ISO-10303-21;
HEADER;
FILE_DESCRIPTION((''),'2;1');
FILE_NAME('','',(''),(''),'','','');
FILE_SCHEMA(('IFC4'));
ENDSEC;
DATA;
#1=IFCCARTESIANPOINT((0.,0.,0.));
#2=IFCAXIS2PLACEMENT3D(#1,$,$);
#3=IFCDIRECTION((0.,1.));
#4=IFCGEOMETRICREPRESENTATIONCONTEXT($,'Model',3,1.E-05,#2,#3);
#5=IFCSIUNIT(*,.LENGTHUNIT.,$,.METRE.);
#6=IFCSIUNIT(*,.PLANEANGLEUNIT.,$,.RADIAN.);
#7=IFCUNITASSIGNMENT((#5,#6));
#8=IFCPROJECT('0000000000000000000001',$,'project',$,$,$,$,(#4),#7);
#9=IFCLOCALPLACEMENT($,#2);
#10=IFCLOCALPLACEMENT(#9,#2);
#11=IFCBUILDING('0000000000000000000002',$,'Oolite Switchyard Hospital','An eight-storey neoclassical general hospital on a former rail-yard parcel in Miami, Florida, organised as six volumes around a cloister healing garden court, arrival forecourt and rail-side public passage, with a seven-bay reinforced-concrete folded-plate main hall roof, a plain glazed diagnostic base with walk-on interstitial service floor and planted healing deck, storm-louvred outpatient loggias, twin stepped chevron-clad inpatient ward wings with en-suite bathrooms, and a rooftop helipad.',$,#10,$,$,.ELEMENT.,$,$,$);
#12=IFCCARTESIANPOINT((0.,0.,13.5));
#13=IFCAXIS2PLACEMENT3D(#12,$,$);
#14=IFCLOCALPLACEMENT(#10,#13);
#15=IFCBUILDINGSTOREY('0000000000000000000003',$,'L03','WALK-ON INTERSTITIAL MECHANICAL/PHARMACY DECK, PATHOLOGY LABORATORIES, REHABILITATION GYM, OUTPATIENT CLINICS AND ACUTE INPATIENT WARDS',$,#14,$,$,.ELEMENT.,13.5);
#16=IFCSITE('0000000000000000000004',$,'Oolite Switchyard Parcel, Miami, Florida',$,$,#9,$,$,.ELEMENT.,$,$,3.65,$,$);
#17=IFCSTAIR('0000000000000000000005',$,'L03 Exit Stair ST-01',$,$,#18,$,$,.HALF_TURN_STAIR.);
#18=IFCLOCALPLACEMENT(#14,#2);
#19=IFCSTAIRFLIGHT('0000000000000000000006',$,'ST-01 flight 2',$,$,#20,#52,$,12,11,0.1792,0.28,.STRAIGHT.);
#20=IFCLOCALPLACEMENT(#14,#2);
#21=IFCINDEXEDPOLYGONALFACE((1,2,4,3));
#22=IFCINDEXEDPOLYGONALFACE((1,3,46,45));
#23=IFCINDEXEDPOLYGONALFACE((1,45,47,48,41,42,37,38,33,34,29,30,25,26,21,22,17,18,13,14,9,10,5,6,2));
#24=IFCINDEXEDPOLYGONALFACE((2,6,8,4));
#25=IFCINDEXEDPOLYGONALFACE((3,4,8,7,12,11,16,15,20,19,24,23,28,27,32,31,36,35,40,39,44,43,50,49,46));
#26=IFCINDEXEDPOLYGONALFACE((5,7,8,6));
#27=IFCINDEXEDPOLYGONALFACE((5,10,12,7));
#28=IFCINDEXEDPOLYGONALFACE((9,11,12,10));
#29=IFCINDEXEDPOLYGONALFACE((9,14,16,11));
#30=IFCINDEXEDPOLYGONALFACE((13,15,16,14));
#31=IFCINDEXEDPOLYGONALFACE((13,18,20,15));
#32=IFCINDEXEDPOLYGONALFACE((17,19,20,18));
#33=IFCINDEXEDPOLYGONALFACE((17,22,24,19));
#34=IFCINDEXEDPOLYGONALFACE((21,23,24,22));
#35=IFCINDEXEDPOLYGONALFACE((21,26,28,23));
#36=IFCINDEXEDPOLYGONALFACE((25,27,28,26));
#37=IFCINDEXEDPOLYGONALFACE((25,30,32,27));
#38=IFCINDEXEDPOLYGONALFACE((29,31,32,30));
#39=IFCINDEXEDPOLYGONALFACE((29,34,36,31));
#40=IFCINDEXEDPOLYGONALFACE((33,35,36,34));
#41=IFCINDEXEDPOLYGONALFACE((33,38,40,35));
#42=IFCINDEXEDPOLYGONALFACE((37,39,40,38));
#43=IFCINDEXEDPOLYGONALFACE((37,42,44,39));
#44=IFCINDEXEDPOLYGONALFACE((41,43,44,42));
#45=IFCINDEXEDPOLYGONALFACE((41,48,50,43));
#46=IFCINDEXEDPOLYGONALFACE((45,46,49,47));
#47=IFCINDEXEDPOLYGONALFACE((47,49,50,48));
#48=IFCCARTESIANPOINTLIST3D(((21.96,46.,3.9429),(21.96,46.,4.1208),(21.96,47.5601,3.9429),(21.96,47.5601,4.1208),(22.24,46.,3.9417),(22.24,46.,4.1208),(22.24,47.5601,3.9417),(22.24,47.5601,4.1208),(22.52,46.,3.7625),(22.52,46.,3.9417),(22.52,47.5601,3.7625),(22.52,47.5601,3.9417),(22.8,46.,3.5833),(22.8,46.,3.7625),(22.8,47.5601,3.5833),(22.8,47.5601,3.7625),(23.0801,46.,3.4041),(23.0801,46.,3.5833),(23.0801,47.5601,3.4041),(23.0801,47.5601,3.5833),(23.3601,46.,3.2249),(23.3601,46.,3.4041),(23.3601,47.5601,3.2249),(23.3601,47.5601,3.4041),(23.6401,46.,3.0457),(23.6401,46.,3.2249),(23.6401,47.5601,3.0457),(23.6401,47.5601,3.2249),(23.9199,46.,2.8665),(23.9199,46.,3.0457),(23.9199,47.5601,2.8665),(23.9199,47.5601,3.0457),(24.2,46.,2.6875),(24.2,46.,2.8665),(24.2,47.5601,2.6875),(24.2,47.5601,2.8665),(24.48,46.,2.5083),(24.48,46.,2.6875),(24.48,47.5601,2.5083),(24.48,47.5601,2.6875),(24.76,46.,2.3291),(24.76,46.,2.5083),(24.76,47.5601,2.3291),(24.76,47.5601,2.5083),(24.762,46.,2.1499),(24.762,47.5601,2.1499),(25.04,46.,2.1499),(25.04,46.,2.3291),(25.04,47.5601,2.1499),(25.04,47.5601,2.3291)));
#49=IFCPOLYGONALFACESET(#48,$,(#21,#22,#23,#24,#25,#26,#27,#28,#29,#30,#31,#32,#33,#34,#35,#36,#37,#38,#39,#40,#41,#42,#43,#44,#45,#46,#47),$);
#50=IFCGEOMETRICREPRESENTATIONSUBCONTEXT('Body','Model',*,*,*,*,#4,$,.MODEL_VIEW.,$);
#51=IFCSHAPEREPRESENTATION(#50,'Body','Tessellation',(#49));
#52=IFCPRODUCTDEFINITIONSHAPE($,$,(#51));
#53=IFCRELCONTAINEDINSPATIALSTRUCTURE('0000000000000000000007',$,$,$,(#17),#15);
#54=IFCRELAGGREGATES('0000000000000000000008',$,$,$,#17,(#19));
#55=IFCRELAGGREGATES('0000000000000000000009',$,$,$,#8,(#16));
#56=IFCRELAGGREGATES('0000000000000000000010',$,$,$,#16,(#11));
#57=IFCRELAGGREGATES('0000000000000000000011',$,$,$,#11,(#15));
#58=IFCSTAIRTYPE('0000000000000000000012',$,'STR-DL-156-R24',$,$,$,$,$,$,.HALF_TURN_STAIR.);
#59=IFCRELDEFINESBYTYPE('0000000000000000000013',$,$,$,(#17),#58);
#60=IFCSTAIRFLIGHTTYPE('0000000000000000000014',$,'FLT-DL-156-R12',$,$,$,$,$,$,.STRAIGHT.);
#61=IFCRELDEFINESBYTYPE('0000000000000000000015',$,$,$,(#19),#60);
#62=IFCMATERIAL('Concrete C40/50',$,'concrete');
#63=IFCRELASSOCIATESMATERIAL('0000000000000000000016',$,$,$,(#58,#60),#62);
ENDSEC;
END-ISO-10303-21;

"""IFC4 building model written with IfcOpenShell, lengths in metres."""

from ifc_helpers import new_model, si_unit, direction, frame, origin, place, context, subcontext, project, spatial, polyline, outline, extrude, material, type_object, element, aggregate, save


model = new_model("IFC4")

# Units and contexts
model_context = context("Model", 3, precision=1e-05, world=origin(), true_north=direction((0.0, 1.0)))
body_context = subcontext(model_context, "Body", "Model", "MODEL_VIEW")
ifc_project = project(units=[si_unit("LENGTHUNIT", "METRE"), si_unit("PLANEANGLEUNIT", "RADIAN")], contexts=[model_context])

# Site, building, storey
site_placement = place(None, origin())
site = spatial("IfcSite", under=ifc_project, at=site_placement, Name="Oolite Switchyard Parcel, Miami, Florida", CompositionType="ELEMENT", RefElevation=3.65)
building_placement = place(site_placement, origin())
building = spatial("IfcBuilding", under=site, at=building_placement, Name="Oolite Switchyard Hospital", Description="An eight-storey neoclassical general hospital on a former rail-yard parcel in Miami, Florida, organised as six volumes around a cloister healing garden court, arrival forecourt and rail-side public passage, with a seven-bay reinforced-concrete folded-plate main hall roof, a plain glazed diagnostic base with walk-on interstitial service floor and planted healing deck, storm-louvred outpatient loggias, twin stepped chevron-clad inpatient ward wings with en-suite bathrooms, and a rooftop helipad.", CompositionType="ELEMENT")
storey_placement = place(building_placement, frame((0.0, 0.0, 13.5)))
storey = spatial("IfcBuildingStorey", under=building, at=storey_placement, Name="L03", Description="WALK-ON INTERSTITIAL MECHANICAL/PHARMACY DECK, PATHOLOGY LABORATORIES, REHABILITATION GYM, OUTPATIENT CLINICS AND ACUTE INPATIENT WARDS", CompositionType="ELEMENT", Elevation=13.5)

# Stair, stair flight
ifc_material_1 = material(Name="Concrete C40/50", Category="concrete")
stair_type = type_object("IfcStairType", Name="STR-DL-156-R24", PredefinedType="HALF_TURN_STAIR", material=ifc_material_1)
stair_placement = place(storey_placement, origin())
stair = element("IfcStair", 1, at=stair_placement, inside=storey, type_object=stair_type, Name="L03 Exit Stair ST-01", PredefinedType="HALF_TURN_STAIR")
stair_flight_type = type_object("IfcStairFlightType", Name="FLT-DL-156-R12", PredefinedType="STRAIGHT", material=ifc_material_1)
stair_flight_placement = place(storey_placement, frame((25.04, 46.78, 2.1499), z_axis=(0.0, 0.0, 1.0), x_axis=(-1.0, 0.0, 0.0)))
stair_flight = element("IfcStairFlight", 2, at=stair_flight_placement, type_object=stair_flight_type, Name="ST-01 flight 2", NumberOfRisers=12, NumberOfTreads=11, PredefinedType="STRAIGHT", RiserHeight=0.1792, TreadLength=0.28, context=body_context, shape_type="SweptSolid", body=[
    extrude(outline(polyline([(0.0, 0.0), (0.0, 0.1792), (0.28, 0.1792), (0.28, 0.3584), (0.5601, 0.3584), (0.5601, 0.5376), (0.8401, 0.5376), (0.8401, 0.7166), (1.1201, 0.7166), (1.1201, 0.8958), (1.3999, 0.8958), (1.3999, 1.075), (1.6799, 1.075), (1.6799, 1.2542), (1.96, 1.2542), (1.96, 1.4333), (2.24, 1.4333), (2.24, 1.6125), (2.52, 1.6125), (2.52, 1.7917), (2.8, 1.7917), (2.8, 1.9709), (3.0801, 1.9709), (3.0801, 2.1499), (3.0801, 1.793), (0.2781, 0.0), (0.0, 0.0)])), frame((0.0, 0.78, 0.0), z_axis=(0.0, -1.0, 0.0), x_axis=(1.0, 0.0, 0.0)), (0.0, 0.0, 1.0), 1.5601),
])
aggregate(stair, [stair_flight])

save(model, "model.ifc")
